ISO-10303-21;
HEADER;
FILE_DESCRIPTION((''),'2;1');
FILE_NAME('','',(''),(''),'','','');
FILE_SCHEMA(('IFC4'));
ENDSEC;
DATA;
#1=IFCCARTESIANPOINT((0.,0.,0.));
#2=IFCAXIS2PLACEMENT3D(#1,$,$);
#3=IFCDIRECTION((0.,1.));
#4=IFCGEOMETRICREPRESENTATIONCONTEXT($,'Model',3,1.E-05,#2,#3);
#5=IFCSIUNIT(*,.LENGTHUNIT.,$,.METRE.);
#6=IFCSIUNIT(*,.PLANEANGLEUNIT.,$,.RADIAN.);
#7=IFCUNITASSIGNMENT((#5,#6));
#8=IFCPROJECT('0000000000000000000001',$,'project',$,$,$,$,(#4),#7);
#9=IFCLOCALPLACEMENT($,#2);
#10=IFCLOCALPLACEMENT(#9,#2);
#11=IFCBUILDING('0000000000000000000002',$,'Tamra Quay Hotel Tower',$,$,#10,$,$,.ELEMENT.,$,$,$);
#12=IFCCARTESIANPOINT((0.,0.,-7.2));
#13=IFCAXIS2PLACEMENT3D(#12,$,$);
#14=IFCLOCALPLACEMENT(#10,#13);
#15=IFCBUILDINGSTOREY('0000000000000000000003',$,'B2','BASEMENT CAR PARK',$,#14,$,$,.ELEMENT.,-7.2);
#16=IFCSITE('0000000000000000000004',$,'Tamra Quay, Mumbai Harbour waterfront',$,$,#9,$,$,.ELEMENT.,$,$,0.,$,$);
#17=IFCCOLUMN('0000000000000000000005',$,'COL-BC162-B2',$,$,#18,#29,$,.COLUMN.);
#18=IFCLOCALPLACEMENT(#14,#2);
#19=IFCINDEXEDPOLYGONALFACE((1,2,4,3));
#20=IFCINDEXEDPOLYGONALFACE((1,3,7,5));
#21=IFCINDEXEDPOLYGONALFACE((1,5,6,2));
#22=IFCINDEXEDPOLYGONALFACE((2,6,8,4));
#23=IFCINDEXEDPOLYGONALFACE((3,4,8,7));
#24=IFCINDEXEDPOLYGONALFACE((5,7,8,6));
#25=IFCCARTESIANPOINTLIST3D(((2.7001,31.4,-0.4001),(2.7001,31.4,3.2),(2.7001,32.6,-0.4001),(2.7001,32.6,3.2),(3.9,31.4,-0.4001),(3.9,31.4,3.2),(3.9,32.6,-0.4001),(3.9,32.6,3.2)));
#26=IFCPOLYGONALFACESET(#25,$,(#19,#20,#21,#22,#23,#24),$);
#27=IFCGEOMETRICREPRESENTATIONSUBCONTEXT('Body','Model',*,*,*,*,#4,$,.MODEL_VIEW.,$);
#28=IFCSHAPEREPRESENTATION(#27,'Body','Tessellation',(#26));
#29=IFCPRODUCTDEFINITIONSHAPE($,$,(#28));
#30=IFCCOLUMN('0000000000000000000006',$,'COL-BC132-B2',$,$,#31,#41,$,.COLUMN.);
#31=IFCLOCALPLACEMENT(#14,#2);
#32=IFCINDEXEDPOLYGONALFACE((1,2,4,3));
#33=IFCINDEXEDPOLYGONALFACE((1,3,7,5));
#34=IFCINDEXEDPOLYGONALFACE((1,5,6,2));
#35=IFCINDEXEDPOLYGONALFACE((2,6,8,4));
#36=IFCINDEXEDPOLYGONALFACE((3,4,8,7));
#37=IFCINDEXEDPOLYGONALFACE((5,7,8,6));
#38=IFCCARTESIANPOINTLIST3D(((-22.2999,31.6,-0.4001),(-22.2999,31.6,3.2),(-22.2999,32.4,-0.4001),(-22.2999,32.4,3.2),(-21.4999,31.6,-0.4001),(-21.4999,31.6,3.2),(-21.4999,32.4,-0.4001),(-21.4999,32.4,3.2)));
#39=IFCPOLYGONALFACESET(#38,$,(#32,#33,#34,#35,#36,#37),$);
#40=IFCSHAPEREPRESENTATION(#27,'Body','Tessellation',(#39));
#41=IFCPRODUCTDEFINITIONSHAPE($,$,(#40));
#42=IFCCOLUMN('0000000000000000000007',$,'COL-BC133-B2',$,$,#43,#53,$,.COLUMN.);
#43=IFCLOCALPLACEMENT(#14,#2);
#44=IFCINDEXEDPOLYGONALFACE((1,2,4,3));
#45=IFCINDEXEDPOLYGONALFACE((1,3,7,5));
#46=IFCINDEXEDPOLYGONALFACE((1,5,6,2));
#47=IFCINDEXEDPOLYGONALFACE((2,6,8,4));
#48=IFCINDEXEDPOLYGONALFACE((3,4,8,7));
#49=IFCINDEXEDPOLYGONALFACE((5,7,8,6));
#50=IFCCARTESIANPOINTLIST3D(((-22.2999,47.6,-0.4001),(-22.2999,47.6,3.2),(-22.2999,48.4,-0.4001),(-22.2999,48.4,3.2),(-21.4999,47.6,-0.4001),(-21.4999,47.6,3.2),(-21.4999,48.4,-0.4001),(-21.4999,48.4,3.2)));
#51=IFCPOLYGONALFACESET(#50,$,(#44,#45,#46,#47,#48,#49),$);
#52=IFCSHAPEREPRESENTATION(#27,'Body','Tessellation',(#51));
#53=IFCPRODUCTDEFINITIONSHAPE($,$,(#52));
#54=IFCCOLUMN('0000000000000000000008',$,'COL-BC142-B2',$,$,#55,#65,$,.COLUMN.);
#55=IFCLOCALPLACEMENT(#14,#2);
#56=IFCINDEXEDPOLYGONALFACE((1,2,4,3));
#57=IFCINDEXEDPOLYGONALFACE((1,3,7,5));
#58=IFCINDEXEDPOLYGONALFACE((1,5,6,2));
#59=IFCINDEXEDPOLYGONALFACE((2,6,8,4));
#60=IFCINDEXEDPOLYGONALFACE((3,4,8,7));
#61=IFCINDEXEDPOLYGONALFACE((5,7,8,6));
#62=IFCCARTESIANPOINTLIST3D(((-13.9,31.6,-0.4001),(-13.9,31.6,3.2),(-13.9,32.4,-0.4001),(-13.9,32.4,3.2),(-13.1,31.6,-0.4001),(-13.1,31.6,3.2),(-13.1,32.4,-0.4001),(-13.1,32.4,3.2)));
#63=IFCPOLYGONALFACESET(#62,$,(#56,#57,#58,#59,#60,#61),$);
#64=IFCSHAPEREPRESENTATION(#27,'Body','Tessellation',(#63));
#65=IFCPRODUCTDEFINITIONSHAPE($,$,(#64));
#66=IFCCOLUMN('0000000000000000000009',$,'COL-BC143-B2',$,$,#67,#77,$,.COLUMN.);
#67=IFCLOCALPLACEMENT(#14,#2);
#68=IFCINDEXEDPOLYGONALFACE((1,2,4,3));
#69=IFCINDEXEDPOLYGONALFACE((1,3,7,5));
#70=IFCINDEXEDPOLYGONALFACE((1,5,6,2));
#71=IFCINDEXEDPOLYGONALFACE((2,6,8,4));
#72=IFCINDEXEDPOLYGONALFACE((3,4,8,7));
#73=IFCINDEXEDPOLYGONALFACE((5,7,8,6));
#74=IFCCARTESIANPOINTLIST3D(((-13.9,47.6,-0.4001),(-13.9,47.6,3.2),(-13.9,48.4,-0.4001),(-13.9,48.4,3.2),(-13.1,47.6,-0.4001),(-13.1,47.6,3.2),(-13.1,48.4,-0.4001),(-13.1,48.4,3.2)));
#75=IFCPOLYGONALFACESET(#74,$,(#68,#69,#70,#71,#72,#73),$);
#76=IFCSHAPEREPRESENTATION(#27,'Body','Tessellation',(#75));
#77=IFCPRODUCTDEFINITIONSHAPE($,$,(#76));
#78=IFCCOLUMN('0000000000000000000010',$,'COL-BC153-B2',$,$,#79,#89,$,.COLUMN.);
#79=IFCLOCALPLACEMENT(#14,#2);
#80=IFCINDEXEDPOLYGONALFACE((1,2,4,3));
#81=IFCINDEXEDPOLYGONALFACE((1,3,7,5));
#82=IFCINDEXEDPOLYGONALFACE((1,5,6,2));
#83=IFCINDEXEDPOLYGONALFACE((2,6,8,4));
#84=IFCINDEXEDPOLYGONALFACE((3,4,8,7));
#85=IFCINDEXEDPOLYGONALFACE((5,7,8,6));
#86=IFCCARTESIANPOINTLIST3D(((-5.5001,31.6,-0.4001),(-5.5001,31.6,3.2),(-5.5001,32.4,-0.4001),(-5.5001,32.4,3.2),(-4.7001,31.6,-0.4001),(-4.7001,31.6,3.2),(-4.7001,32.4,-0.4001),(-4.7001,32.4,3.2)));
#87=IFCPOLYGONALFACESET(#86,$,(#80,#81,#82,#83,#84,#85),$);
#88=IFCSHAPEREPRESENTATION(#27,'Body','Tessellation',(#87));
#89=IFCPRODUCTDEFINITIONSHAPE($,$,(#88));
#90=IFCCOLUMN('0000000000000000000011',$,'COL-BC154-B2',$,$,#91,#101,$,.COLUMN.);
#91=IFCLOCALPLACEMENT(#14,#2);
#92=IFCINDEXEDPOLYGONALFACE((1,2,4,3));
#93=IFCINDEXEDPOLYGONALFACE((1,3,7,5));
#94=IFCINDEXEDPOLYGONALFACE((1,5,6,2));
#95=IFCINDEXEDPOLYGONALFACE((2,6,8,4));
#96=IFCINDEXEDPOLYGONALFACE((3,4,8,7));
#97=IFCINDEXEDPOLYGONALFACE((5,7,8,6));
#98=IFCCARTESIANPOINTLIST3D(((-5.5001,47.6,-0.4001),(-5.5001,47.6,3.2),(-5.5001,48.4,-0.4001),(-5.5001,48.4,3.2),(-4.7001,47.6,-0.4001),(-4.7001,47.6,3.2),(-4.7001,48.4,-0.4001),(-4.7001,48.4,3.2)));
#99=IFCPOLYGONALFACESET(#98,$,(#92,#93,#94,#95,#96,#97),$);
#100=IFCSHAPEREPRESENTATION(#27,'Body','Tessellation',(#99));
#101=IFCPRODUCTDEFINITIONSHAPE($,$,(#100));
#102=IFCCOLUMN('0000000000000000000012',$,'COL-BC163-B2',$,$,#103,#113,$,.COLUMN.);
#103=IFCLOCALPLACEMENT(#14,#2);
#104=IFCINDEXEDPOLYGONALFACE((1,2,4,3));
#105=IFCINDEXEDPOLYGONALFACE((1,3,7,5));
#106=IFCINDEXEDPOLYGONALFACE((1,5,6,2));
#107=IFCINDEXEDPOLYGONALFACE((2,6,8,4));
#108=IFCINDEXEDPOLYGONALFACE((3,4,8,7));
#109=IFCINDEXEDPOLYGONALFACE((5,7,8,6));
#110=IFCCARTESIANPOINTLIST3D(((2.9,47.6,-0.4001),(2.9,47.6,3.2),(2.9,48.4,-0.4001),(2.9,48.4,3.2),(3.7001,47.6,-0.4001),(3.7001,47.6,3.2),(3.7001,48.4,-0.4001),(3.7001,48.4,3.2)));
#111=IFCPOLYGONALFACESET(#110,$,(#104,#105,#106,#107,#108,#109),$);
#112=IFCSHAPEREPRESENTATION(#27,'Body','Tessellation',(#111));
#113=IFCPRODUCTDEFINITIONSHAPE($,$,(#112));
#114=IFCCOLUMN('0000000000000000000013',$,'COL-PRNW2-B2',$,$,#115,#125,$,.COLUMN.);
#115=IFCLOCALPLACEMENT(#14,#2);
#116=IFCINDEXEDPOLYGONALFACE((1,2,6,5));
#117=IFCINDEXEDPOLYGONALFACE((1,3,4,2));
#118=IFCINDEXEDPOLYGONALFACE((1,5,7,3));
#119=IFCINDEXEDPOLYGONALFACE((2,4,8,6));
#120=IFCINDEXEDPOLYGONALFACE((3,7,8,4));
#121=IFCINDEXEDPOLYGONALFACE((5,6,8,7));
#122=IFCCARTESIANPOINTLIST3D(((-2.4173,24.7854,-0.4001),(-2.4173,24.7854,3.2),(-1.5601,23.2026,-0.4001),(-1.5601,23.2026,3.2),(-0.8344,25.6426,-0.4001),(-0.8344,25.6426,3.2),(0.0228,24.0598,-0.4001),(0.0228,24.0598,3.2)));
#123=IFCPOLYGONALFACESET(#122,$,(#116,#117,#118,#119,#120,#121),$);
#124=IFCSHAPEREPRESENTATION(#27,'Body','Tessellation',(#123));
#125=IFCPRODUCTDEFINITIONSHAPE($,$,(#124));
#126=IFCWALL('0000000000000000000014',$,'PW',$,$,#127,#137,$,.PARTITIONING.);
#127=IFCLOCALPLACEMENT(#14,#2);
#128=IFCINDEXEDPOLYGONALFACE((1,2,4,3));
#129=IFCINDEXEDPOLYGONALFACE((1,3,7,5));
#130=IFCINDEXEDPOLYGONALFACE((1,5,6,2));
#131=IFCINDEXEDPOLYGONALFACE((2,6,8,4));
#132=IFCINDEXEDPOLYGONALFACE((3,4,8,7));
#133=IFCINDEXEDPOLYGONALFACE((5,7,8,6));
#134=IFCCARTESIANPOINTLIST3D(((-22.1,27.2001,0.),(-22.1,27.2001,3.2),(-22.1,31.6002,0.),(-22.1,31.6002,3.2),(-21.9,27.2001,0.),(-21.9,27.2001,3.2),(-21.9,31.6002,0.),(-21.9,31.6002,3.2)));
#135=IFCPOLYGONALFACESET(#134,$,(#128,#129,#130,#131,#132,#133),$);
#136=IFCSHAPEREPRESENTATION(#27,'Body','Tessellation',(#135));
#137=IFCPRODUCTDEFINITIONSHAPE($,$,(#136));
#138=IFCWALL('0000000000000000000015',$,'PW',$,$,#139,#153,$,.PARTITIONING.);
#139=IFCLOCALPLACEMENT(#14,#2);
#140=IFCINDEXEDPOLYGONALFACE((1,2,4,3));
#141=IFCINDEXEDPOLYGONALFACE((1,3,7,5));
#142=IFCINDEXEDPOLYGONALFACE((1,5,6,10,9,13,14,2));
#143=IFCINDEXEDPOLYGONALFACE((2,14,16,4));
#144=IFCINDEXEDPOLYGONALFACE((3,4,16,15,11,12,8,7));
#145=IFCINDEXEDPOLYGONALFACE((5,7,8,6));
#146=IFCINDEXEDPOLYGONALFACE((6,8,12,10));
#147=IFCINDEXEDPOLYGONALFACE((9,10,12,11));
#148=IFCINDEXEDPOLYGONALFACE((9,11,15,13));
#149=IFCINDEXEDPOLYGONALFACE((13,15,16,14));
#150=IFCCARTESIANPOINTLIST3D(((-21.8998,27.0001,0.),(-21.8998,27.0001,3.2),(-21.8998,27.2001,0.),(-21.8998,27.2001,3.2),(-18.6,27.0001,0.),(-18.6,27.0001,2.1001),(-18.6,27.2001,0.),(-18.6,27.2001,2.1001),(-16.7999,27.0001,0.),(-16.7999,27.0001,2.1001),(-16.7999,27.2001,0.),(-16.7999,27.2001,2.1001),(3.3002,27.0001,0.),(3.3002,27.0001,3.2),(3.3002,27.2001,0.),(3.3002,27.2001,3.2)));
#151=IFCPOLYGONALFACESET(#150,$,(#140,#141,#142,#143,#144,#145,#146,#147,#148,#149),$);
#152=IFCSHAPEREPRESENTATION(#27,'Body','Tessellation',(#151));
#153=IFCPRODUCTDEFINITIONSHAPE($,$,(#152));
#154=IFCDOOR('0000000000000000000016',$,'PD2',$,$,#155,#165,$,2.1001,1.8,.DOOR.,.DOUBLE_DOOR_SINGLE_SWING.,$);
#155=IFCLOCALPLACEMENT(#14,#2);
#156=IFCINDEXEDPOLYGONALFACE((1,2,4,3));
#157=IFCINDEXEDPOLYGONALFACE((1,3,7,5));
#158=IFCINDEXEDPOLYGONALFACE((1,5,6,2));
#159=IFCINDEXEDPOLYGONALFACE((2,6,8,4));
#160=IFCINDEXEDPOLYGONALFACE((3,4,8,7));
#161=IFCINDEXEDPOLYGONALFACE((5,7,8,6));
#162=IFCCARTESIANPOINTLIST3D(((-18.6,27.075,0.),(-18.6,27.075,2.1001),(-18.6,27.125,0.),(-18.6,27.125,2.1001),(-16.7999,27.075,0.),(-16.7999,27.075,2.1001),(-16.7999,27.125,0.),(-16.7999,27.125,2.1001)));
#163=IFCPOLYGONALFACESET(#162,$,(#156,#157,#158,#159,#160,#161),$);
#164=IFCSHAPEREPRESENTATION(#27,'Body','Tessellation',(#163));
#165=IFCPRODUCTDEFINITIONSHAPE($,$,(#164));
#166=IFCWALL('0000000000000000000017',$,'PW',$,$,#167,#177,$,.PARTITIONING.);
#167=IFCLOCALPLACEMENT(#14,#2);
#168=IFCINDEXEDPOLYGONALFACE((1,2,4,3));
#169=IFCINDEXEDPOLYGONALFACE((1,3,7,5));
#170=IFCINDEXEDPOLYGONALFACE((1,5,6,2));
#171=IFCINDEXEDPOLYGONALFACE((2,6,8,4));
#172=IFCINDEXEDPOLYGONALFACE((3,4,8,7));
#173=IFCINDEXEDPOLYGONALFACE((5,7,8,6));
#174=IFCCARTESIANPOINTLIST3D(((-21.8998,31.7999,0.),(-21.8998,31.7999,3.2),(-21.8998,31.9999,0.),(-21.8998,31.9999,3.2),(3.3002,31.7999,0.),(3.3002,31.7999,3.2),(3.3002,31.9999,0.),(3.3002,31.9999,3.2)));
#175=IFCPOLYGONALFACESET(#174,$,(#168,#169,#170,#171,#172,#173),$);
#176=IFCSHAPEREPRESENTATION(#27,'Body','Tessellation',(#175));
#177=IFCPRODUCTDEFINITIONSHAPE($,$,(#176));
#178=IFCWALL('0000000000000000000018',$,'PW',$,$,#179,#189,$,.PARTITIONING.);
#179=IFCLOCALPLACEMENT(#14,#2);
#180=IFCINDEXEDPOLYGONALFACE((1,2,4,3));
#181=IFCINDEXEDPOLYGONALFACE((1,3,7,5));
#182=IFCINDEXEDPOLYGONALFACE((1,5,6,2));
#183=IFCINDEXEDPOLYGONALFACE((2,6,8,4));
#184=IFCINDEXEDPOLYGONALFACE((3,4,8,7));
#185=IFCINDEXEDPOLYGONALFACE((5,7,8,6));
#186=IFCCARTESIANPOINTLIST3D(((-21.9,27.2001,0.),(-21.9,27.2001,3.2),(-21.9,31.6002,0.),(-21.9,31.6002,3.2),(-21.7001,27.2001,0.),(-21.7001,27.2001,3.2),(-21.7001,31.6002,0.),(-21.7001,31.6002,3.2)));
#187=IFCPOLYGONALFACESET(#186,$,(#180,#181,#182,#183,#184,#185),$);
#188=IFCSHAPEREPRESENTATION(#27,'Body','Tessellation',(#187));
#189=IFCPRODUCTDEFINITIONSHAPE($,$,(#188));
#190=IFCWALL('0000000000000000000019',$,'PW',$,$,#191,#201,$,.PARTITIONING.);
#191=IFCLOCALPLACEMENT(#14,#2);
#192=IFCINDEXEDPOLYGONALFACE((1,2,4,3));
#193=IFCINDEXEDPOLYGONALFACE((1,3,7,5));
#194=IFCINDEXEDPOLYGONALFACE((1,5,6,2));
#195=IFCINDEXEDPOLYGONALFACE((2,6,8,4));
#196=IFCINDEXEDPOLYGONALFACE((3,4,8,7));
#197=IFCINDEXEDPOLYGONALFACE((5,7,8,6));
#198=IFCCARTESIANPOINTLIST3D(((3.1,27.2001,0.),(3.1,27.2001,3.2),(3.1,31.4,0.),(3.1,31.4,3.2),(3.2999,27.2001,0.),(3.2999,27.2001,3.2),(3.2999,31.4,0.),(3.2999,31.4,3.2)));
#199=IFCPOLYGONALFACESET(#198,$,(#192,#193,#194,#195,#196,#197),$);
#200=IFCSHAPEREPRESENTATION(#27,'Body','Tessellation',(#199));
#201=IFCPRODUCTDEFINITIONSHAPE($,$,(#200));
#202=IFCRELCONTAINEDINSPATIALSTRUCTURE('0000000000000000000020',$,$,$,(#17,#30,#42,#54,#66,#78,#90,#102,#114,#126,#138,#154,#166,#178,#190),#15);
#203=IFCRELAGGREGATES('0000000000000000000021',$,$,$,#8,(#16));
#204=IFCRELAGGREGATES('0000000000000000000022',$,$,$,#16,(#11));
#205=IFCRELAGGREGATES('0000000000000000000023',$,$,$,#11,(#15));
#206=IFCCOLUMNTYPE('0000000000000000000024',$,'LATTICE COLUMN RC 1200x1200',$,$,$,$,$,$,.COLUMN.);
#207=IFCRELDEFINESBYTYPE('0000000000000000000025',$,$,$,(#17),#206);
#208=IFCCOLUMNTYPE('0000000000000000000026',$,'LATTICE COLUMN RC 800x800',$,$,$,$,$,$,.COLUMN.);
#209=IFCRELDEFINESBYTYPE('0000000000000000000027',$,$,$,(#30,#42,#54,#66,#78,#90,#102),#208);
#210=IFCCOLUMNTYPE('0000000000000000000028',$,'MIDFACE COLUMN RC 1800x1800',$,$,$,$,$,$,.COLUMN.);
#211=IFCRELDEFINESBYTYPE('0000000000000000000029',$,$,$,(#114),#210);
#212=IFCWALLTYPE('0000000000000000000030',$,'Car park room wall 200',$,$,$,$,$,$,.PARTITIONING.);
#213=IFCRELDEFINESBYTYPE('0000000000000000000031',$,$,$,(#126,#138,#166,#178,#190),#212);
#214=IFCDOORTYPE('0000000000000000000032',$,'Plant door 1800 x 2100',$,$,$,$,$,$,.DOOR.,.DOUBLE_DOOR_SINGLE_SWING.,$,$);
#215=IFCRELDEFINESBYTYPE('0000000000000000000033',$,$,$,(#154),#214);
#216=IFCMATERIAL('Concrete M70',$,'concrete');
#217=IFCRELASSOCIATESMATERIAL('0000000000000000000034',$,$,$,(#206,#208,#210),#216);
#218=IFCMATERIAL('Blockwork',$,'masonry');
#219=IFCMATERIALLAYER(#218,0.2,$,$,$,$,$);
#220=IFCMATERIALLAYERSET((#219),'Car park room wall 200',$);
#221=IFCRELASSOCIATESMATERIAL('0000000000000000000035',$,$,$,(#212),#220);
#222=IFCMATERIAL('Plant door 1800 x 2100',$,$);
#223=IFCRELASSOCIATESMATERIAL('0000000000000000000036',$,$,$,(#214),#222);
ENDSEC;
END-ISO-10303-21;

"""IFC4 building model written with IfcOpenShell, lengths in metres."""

from ifc_helpers import new_model, si_unit, direction, frame, frame_2d, origin, origin_2d, place, context, subcontext, project, spatial, rectangle, extrude, material, layer, layer_set, material_profile, profile_set, type_object, element, fill, save


model = new_model("IFC4")

# Units and contexts
model_context = context("Model", 3, precision=1e-05, world=origin(), true_north=direction((0.0, 1.0)))
body_context = subcontext(model_context, "Body", "Model", "MODEL_VIEW")
ifc_project = project(units=[si_unit("LENGTHUNIT", "METRE"), si_unit("PLANEANGLEUNIT", "RADIAN")], contexts=[model_context])

# Site, building, storey
site_placement = place(None, origin())
site = spatial("IfcSite", under=ifc_project, at=site_placement, Name="Tamra Quay, Mumbai Harbour waterfront", CompositionType="ELEMENT", RefElevation=0.0)
building_placement = place(site_placement, origin())
building = spatial("IfcBuilding", under=site, at=building_placement, Name="Tamra Quay Hotel Tower", CompositionType="ELEMENT")
storey_placement = place(building_placement, frame((0.0, 0.0, -7.2)))
storey = spatial("IfcBuildingStorey", under=building, at=storey_placement, Name="B2", Description="BASEMENT CAR PARK", CompositionType="ELEMENT", Elevation=-7.2)

# Columns
ifc_material_1 = material(Name="Concrete M70", Category="concrete")
ifc_material_profile_1 = material_profile(ifc_material_1, rectangle(XDim=1.2, YDim=1.2, at=origin_2d()), Name="LATTICE COLUMN RC 1200x1200")
ifc_profile_set_1 = profile_set([ifc_material_profile_1], Name="Concrete M70")
column_type_1 = type_object("IfcColumnType", Name="LATTICE COLUMN RC 1200x1200", PredefinedType="COLUMN", material=ifc_profile_set_1)
column_1_placement = place(storey_placement, frame((3.3, 32.0, -0.4001), z_axis=(0.0, 0.0, 1.0), x_axis=(1.0, 0.0, 0.0)))
element("IfcColumn", 1, at=column_1_placement, inside=storey, type_object=column_type_1, Name="COL-BC162-B2", PredefinedType="COLUMN", context=body_context, shape_type="SweptSolid", body=[
    extrude(rectangle(XDim=1.2, YDim=1.2, at=origin_2d()), origin(), (0.0, 0.0, 1.0), 3.6001),
])
ifc_material_profile_2 = material_profile(ifc_material_1, rectangle(XDim=0.8, YDim=0.8, at=origin_2d()), Name="LATTICE COLUMN RC 800x800")
ifc_profile_set_2 = profile_set([ifc_material_profile_2], Name="Concrete M70")
column_type_2 = type_object("IfcColumnType", Name="LATTICE COLUMN RC 800x800", PredefinedType="COLUMN", material=ifc_profile_set_2)
for number, where, z_axis, x_axis, name in (
    (2, (-21.8999, 32.0, -0.4001), (0.0, 0.0, 1.0), (1.0, 0.0, 0.0), "COL-BC132-B2"),
    (3, (-21.8999, 48.0, -0.4001), (0.0, 0.0, 1.0), (1.0, 0.0, 0.0), "COL-BC133-B2"),
    (4, (-13.5, 32.0, -0.4001), (0.0, 0.0, 1.0), (1.0, 0.0, 0.0), "COL-BC142-B2"),
    (5, (-13.5, 48.0, -0.4001), (0.0, 0.0, 1.0), (1.0, 0.0, 0.0), "COL-BC143-B2"),
    (6, (-5.1001, 32.0, -0.4001), (0.0, 0.0, 1.0), (1.0, 0.0, 0.0), "COL-BC153-B2"),
    (7, (-5.1001, 48.0, -0.4001), (0.0, 0.0, 1.0), (1.0, 0.0, 0.0), "COL-BC154-B2"),
    (8, (3.3, 48.0, -0.4001), (0.0, 0.0, 1.0), (1.0, 0.0, 0.0), "COL-BC163-B2"),
):
    element("IfcColumn", number, at=place(storey_placement, frame(where, z_axis=z_axis, x_axis=x_axis)), inside=storey, type_object=column_type_2, Name=name, PredefinedType="COLUMN", context=body_context, shape_type="SweptSolid", body=[
        extrude(rectangle(XDim=0.8, YDim=0.8, at=origin_2d()), origin(), (0.0, 0.0, 1.0), 3.6001),
    ])
ifc_material_profile_3 = material_profile(ifc_material_1, rectangle(XDim=1.8, YDim=1.8, at=origin_2d()), Name="MIDFACE COLUMN RC 1800x1800")
ifc_profile_set_3 = profile_set([ifc_material_profile_3], Name="Concrete M70")
column_type_3 = type_object("IfcColumnType", Name="MIDFACE COLUMN RC 1800x1800", PredefinedType="COLUMN", material=ifc_profile_set_3)
column_2_placement = place(storey_placement, frame((-1.1973, 24.4226, -0.4001), z_axis=(0.0, 0.0, 1.0), x_axis=(-0.476198, 0.879338, 0.0)))
element("IfcColumn", 9, at=column_2_placement, inside=storey, type_object=column_type_3, Name="COL-PRNW2-B2", PredefinedType="COLUMN", context=body_context, shape_type="SweptSolid", body=[
    extrude(rectangle(XDim=1.8, YDim=1.8, at=origin_2d()), origin(), (0.0, 0.0, 1.0), 3.6001),
])

# Wall
ifc_material_2 = material(Name="Blockwork", Category="masonry")
ifc_layer_1 = layer(ifc_material_2, 0.2)
ifc_layer_set_1 = layer_set([ifc_layer_1], Name="Car park room wall 200")
wall_type_1 = type_object("IfcWallType", Name="Car park room wall 200", PredefinedType="PARTITIONING", material=ifc_layer_set_1)
wall_1_placement = place(storey_placement, frame((-22.0, 27.2, 0.0), z_axis=(0.0, 0.0, 1.0), x_axis=(0.0, 1.0, 0.0)))
element("IfcWall", 10, at=wall_1_placement, inside=storey, type_object=wall_type_1, Name="PW", PredefinedType="PARTITIONING", context=body_context, shape_type="SweptSolid", body=[
    extrude(rectangle(XDim=4.4001, YDim=0.2, at=frame_2d((2.2002, 0.0))), origin(), (0.0, 0.0, 1.0), 3.2),
])

# Wall, opening, door
wall_2_placement = place(storey_placement, frame((-21.8999, 27.1001, 0.0), z_axis=(0.0, 0.0, 1.0), x_axis=(1.0, 0.0, 0.0)))
wall_2 = element("IfcWall", 11, at=wall_2_placement, inside=storey, type_object=wall_type_1, Name="PW", PredefinedType="PARTITIONING", context=body_context, shape_type="SweptSolid", body=[
    extrude(rectangle(XDim=25.2, YDim=0.2, at=frame_2d((12.6001, 0.0))), origin(), (0.0, 0.0, 1.0), 3.2),
])
opening_1_placement = place(wall_2_placement, frame((3.3, 0.0, 0.0)))
opening_1 = element("IfcOpeningElement", 12, at=opening_1_placement, cuts=wall_2, PredefinedType="OPENING", context=body_context, shape_type="SweptSolid", body=[
    extrude(rectangle(XDim=1.8, YDim=2.1001, at=frame_2d((0.8999, 1.05))), frame((0.0, 0.1099, 0.0), z_axis=(0.0, -1.0, 0.0), x_axis=(1.0, 0.0, 0.0)), (0.0, 0.0, 1.0), 0.22),
])
ifc_material_3 = material(Name="Plant door 1800 x 2100")
door_type = type_object("IfcDoorType", Name="Plant door 1800 x 2100", OperationType="DOUBLE_DOOR_SINGLE_SWING", PredefinedType="DOOR", material=ifc_material_3)
door_1_placement = place(opening_1_placement, origin())
door_1 = element("IfcDoor", 13, at=door_1_placement, inside=storey, type_object=door_type, Name="PD2", OperationType="DOUBLE_DOOR_SINGLE_SWING", OverallHeight=2.1001, OverallWidth=1.8, PredefinedType="DOOR", context=body_context, shape_type="SweptSolid", body=[
    extrude(rectangle(XDim=1.8, YDim=2.1001, at=frame_2d((0.8999, 1.05))), frame((0.0, 0.0249, 0.0), z_axis=(0.0, -1.0, 0.0), x_axis=(1.0, 0.0, 0.0)), (0.0, 0.0, 1.0), 0.05),
])
fill(opening_1, door_1)

# Walls
wall_3_placement = place(storey_placement, frame((-21.8999, 31.8999, 0.0), z_axis=(0.0, 0.0, 1.0), x_axis=(1.0, 0.0, 0.0)))
element("IfcWall", 14, at=wall_3_placement, inside=storey, type_object=wall_type_1, Name="PW", PredefinedType="PARTITIONING", context=body_context, shape_type="SweptSolid", body=[
    extrude(rectangle(XDim=25.2, YDim=0.2, at=frame_2d((12.6001, 0.0))), origin(), (0.0, 0.0, 1.0), 3.2),
])
wall_4_placement = place(storey_placement, frame((-21.8, 27.2, 0.0), z_axis=(0.0, 0.0, 1.0), x_axis=(0.0, 1.0, 0.0)))
element("IfcWall", 15, at=wall_4_placement, inside=storey, type_object=wall_type_1, Name="PW", PredefinedType="PARTITIONING", context=body_context, shape_type="SweptSolid", body=[
    extrude(rectangle(XDim=4.4001, YDim=0.2, at=frame_2d((2.2002, 0.0))), origin(), (0.0, 0.0, 1.0), 3.2),
])
wall_5_placement = place(storey_placement, frame((3.2, 27.2, 0.0), z_axis=(0.0, 0.0, 1.0), x_axis=(0.0, 1.0, 0.0)))
element("IfcWall", 16, at=wall_5_placement, inside=storey, type_object=wall_type_1, Name="PW", PredefinedType="PARTITIONING", context=body_context, shape_type="SweptSolid", body=[
    extrude(rectangle(XDim=4.2, YDim=0.2, at=frame_2d((2.1001, 0.0))), origin(), (0.0, 0.0, 1.0), 3.2),
])

save(model, "model.ifc")
